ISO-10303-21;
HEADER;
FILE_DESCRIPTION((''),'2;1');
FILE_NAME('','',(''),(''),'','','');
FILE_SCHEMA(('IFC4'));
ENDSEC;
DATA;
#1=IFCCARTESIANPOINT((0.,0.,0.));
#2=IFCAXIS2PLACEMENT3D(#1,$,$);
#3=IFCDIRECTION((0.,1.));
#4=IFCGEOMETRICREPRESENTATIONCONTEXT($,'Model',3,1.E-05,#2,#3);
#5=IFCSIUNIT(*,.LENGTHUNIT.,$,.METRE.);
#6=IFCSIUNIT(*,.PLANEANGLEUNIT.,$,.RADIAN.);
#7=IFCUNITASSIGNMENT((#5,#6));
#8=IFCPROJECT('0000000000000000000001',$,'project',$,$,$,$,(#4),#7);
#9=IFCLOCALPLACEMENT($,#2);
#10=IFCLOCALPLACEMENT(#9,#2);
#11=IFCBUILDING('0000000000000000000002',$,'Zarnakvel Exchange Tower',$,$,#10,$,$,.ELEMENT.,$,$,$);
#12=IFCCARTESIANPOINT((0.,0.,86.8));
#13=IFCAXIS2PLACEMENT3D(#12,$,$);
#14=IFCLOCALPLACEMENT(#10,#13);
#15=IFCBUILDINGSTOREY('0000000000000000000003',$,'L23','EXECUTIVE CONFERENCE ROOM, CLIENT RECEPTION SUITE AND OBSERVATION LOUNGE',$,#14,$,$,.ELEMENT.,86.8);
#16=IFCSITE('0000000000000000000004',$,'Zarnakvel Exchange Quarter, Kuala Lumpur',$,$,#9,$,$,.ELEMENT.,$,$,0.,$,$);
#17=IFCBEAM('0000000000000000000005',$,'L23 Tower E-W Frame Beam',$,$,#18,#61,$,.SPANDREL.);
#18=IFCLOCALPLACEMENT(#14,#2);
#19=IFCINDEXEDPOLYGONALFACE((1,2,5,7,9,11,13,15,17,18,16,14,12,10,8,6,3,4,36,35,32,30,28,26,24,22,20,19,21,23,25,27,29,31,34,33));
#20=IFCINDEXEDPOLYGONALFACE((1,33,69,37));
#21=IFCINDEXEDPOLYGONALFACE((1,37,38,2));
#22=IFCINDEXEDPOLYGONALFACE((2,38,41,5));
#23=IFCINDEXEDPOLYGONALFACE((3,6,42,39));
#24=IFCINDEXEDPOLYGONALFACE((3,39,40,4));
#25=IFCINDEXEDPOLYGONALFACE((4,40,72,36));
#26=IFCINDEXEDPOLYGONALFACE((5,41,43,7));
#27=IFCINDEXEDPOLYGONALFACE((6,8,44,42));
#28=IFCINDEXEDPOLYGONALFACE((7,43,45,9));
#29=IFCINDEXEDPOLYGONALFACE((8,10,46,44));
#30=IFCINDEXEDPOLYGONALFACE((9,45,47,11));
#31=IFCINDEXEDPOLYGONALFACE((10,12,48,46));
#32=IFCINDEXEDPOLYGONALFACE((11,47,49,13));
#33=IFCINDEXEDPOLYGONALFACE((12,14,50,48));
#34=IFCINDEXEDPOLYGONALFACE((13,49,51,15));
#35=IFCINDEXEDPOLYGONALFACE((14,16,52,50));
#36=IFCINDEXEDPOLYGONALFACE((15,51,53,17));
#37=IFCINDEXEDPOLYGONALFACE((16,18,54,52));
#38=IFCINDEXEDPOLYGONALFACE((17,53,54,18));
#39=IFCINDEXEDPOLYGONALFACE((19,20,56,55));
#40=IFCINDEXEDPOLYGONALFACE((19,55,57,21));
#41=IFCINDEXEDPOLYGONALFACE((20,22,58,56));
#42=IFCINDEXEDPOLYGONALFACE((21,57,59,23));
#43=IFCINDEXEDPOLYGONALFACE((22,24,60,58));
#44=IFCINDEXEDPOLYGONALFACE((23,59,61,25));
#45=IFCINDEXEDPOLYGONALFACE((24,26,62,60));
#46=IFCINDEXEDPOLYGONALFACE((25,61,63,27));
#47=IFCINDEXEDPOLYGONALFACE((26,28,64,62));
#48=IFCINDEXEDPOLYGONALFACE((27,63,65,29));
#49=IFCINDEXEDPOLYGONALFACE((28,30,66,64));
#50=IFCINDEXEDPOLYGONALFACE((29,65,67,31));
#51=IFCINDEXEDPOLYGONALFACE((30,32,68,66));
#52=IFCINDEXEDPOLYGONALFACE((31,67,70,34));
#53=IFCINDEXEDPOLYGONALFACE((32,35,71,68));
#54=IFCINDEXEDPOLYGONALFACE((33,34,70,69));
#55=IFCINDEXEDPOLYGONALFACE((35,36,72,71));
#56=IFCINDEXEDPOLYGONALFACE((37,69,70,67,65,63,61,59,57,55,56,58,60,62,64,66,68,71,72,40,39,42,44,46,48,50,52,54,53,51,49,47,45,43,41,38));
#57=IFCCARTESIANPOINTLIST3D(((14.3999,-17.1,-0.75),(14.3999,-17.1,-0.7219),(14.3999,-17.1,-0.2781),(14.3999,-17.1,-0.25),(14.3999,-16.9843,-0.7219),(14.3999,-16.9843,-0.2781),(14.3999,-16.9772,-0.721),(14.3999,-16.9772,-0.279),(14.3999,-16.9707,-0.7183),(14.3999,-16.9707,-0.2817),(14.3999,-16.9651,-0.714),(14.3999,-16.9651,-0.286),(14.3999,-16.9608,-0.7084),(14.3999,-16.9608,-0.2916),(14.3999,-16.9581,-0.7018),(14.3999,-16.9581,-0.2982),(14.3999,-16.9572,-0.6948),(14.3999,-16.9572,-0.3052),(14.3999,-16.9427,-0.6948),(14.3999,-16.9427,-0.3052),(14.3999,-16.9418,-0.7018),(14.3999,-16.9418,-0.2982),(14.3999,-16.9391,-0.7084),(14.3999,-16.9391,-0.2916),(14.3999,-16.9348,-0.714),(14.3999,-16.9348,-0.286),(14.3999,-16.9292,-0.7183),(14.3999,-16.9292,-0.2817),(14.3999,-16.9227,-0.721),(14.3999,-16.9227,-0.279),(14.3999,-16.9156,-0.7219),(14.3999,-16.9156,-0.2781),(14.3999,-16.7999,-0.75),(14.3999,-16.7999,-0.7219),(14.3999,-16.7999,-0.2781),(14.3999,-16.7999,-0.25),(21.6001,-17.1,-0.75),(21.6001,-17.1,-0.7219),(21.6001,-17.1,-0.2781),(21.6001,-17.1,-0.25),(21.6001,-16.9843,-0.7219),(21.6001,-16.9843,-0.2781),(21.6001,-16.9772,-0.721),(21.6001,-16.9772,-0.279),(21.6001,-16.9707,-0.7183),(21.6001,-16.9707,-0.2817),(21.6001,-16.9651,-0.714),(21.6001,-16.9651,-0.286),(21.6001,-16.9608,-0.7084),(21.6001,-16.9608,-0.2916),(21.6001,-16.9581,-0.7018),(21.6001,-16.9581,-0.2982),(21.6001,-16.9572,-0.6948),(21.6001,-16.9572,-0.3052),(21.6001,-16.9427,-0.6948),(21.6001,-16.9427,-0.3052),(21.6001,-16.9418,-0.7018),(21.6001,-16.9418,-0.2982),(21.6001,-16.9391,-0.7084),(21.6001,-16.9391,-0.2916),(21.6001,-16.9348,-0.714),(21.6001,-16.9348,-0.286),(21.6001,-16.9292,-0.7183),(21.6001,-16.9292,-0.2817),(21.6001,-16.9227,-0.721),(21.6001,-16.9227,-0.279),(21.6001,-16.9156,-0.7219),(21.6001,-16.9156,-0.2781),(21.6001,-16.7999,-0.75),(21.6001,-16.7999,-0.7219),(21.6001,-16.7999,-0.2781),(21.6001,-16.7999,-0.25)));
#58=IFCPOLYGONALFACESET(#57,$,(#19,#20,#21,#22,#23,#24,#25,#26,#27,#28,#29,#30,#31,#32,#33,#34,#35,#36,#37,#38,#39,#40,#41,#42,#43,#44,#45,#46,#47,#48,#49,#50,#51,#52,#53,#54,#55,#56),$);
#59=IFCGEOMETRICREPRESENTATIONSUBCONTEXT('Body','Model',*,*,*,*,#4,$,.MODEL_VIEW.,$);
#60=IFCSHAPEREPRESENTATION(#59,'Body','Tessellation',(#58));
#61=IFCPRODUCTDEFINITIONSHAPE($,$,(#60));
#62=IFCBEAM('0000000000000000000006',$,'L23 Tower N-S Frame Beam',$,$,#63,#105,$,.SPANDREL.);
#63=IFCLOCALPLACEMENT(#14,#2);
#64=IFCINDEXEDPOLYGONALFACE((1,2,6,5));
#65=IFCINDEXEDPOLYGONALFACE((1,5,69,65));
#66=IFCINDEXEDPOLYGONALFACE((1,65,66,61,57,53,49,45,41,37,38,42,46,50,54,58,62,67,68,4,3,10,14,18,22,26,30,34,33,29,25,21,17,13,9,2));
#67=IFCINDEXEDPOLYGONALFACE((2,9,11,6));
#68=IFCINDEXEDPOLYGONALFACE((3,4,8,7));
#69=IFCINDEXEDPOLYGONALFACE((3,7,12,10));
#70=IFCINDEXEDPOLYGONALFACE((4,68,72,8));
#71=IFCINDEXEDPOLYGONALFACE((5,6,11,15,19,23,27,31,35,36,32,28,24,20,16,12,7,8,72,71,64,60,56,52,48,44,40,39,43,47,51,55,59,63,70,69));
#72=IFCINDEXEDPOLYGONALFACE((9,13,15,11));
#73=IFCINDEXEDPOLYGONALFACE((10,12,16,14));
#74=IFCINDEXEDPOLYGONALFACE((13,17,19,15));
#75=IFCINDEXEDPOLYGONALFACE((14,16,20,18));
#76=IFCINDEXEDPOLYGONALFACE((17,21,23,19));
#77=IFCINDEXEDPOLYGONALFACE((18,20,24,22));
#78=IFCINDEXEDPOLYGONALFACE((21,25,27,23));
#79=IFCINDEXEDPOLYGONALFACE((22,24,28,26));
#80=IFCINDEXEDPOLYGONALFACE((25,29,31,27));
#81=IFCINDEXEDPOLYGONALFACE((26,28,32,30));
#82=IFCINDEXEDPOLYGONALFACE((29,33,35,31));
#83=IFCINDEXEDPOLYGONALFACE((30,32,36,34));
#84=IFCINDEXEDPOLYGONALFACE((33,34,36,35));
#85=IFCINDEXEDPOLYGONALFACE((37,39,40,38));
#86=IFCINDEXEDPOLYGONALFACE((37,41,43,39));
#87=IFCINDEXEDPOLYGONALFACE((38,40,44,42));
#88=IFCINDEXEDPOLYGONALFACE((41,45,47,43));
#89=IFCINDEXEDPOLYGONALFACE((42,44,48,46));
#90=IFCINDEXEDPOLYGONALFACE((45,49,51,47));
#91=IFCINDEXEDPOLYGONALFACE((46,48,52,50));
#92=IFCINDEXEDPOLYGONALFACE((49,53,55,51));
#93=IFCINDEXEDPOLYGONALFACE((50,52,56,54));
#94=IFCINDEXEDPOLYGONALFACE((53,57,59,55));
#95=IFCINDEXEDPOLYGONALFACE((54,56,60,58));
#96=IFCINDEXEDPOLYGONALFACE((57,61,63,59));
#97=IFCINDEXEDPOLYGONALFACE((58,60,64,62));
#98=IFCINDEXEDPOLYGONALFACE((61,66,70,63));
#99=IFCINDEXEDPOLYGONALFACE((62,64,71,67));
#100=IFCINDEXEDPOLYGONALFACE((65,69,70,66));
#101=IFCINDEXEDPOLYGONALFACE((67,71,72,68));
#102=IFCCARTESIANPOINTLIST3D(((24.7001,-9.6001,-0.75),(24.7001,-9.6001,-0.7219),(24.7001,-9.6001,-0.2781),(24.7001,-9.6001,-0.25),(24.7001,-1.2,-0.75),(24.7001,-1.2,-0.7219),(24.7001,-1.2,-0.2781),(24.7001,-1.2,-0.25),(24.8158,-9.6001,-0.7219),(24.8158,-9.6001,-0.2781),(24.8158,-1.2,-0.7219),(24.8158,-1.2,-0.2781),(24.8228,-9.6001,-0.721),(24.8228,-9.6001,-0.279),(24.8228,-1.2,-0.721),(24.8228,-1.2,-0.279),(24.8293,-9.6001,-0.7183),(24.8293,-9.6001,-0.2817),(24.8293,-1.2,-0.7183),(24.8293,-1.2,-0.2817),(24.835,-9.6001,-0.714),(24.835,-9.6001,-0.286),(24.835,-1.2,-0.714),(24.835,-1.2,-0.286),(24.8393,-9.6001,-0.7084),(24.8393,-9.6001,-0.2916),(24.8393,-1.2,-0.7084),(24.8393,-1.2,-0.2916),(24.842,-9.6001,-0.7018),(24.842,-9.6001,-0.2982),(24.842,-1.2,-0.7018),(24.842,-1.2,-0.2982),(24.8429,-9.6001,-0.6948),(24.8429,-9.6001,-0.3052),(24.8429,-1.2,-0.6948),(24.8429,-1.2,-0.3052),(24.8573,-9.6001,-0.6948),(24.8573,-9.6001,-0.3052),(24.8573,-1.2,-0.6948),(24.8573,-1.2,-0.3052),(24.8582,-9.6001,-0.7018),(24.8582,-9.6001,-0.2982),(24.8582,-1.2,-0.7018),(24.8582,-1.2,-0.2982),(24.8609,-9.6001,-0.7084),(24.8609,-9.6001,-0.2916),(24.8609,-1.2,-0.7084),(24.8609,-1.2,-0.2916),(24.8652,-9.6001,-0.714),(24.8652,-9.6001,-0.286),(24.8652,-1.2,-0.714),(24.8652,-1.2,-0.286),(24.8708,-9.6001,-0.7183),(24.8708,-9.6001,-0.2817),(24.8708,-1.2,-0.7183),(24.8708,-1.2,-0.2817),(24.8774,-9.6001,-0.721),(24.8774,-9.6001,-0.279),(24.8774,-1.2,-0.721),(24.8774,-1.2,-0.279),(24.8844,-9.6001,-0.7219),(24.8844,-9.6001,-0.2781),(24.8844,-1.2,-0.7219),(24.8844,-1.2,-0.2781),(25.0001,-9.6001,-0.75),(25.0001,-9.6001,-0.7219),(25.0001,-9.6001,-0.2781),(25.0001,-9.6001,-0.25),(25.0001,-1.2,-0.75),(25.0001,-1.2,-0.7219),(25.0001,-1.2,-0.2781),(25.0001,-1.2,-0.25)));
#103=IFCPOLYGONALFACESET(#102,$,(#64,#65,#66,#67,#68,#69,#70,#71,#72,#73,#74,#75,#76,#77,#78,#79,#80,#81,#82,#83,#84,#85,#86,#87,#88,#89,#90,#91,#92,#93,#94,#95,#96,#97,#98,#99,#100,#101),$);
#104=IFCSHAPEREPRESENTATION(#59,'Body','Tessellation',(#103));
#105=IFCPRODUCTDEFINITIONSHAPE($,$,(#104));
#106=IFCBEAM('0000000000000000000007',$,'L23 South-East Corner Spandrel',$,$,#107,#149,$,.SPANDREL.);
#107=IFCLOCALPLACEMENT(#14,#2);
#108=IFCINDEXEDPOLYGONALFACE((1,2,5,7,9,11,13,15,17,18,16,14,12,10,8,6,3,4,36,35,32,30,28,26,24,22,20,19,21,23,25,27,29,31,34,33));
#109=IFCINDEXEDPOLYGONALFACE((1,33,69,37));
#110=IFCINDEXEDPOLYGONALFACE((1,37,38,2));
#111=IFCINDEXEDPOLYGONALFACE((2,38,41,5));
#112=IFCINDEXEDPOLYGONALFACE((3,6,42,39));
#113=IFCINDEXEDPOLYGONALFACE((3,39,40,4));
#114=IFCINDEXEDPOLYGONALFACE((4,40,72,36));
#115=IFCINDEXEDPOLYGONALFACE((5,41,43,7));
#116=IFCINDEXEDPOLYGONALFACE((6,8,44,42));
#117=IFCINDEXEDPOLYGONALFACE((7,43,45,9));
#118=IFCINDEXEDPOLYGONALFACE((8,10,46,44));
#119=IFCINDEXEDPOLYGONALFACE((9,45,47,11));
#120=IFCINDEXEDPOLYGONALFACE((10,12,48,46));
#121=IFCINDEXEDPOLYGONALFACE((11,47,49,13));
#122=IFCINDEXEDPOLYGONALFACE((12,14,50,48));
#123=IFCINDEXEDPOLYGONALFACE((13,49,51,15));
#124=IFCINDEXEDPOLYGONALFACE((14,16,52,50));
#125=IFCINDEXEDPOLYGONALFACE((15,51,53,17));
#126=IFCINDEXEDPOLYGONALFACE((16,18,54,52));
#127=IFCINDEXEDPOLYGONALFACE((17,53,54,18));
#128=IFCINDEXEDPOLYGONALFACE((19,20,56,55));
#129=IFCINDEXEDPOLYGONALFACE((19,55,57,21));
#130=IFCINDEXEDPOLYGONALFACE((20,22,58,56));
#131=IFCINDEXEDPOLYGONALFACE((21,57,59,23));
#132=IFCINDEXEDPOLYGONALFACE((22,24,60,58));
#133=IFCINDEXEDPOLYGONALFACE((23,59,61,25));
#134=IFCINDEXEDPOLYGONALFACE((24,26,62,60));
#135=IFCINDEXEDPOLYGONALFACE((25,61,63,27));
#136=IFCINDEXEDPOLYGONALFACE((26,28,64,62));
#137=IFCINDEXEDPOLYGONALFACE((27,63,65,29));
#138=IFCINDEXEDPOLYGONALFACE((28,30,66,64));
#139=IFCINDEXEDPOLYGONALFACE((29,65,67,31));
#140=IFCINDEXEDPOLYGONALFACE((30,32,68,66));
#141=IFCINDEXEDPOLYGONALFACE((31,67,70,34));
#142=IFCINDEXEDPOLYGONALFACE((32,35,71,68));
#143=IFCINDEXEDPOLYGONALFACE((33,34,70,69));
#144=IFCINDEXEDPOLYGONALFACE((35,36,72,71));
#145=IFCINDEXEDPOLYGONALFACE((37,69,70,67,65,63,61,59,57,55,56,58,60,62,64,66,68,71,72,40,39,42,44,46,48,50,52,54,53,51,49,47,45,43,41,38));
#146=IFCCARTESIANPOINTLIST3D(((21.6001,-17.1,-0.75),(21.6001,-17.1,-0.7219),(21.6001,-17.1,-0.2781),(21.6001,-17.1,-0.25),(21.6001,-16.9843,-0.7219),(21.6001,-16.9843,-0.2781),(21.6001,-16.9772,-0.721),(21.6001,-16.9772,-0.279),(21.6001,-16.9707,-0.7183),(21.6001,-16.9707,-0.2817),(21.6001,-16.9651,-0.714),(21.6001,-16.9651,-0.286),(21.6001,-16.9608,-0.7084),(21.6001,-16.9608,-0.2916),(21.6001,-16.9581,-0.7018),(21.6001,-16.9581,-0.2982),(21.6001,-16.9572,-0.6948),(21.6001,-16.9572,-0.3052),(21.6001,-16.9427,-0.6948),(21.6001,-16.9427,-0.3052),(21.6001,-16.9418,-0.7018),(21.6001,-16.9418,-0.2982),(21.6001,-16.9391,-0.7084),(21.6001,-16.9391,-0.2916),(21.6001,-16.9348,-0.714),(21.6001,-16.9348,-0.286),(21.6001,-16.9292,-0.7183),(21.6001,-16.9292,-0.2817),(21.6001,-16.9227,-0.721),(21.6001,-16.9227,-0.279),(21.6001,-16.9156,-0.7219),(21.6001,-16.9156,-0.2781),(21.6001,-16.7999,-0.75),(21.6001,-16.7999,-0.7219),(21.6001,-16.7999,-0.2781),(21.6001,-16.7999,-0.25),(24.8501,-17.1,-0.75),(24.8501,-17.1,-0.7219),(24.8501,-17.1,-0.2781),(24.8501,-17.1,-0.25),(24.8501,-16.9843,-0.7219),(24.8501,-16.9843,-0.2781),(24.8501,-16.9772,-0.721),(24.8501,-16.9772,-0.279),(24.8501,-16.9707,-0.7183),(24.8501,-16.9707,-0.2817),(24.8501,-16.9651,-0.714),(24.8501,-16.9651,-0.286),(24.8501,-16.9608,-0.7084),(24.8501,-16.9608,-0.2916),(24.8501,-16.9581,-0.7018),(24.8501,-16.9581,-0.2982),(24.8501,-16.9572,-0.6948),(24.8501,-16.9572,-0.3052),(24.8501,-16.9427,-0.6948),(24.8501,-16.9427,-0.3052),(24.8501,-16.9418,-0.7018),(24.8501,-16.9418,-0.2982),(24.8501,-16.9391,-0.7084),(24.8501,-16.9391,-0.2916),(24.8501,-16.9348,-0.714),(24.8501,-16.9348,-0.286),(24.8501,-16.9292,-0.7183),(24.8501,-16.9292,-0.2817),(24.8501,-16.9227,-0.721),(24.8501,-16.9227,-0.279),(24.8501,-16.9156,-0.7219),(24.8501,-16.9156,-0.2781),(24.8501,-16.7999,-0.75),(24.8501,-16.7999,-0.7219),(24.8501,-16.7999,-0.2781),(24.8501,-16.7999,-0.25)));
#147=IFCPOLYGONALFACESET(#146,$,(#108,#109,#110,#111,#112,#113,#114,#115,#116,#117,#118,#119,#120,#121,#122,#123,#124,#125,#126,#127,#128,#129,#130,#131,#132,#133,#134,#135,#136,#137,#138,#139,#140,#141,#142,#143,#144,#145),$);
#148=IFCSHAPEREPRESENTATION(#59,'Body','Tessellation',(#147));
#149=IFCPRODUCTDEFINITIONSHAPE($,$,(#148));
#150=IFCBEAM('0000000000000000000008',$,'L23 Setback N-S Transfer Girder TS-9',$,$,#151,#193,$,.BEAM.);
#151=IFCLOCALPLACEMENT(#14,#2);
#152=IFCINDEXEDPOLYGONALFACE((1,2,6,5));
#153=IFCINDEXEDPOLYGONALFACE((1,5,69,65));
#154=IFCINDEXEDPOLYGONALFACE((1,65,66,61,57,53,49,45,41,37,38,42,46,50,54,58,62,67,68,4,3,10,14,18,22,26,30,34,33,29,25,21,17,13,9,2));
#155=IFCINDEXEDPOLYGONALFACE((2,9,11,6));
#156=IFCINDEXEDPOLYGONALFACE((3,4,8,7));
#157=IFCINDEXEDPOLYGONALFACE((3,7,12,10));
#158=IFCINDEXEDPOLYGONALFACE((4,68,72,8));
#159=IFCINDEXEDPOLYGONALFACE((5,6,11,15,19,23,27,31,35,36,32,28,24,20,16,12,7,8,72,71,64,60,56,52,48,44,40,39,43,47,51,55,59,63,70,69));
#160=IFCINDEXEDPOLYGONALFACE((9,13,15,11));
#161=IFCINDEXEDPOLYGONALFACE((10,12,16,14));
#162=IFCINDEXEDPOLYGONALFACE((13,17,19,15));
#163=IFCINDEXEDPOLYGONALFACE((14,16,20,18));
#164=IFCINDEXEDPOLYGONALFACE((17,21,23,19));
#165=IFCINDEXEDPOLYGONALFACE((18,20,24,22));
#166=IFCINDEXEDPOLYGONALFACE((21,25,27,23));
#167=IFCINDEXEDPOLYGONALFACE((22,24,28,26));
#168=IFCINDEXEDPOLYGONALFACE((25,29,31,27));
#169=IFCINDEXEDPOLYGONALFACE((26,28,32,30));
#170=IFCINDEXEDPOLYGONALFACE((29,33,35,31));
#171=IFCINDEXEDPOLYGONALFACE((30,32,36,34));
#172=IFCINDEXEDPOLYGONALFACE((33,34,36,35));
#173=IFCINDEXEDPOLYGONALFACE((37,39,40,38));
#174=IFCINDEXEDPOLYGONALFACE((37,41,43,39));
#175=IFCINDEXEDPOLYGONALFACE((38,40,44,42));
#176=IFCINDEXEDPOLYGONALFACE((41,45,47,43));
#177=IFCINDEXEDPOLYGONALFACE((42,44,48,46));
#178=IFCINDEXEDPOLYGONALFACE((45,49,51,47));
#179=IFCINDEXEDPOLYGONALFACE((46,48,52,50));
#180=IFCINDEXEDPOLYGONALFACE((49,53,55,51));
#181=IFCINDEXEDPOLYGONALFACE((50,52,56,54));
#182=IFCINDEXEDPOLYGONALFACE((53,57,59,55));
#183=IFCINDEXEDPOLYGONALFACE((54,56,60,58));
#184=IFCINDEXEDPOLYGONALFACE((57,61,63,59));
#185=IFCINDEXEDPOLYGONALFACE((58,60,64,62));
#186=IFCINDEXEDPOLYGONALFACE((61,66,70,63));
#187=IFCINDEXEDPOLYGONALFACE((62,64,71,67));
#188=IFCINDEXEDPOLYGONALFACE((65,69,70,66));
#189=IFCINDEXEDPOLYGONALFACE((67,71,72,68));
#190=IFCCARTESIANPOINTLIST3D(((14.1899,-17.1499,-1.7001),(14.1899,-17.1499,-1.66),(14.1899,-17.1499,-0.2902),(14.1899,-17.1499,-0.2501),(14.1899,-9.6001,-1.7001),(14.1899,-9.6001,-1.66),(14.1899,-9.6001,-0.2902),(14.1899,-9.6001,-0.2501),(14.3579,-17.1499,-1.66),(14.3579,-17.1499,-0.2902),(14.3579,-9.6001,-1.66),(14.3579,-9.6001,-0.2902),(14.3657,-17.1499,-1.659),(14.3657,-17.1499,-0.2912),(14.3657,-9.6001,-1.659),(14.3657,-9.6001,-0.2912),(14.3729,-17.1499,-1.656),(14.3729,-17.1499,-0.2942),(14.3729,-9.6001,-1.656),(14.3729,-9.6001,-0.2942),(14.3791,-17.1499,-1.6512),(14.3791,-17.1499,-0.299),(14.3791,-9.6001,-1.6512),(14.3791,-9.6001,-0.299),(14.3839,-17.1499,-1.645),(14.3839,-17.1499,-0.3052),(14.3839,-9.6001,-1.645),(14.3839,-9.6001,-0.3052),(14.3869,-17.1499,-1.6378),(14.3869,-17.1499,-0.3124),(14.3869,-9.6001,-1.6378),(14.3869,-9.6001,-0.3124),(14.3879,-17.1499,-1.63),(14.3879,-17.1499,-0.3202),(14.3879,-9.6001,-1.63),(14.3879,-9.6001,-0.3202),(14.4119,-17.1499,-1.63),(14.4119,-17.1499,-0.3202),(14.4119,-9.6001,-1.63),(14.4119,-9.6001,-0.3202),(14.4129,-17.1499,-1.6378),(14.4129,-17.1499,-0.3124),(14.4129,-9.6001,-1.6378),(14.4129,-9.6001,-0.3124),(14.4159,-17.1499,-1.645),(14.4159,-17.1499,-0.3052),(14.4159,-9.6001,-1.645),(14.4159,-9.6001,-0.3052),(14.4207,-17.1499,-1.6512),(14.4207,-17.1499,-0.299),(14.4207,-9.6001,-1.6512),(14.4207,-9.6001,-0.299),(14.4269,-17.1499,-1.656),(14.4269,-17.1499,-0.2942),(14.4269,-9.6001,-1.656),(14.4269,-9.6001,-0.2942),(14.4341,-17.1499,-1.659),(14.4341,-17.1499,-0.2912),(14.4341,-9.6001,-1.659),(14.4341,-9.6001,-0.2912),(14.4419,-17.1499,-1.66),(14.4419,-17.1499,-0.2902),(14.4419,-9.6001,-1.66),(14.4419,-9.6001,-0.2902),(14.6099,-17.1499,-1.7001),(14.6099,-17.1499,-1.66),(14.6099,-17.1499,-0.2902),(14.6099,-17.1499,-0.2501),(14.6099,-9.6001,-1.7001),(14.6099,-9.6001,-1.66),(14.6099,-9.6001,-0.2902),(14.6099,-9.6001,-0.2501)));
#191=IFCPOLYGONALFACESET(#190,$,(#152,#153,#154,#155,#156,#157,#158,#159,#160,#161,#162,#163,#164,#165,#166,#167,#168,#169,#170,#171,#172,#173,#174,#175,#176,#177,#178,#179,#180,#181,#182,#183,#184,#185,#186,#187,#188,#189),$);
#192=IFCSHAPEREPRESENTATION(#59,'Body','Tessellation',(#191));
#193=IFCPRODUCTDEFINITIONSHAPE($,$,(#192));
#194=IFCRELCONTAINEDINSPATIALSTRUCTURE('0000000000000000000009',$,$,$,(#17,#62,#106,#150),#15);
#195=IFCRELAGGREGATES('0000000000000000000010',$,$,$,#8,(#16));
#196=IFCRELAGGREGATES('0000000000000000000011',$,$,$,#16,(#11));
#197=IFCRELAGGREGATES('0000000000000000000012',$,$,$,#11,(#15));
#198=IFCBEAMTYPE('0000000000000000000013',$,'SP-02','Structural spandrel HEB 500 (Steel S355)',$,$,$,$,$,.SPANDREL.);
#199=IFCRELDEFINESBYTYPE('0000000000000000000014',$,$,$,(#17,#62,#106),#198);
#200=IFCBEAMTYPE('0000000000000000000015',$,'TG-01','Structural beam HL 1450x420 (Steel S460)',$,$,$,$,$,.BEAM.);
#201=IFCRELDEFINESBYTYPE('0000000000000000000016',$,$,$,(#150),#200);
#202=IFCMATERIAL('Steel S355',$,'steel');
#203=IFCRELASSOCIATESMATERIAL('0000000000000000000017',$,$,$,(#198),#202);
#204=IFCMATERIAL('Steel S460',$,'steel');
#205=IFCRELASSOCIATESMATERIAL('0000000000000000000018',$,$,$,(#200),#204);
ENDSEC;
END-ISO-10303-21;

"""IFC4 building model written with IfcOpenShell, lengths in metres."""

from ifc_helpers import new_model, si_unit, direction, frame, origin, origin_2d, place, context, subcontext, project, spatial, i_section, extrude, material, material_profile, profile_set, type_object, element, save


model = new_model("IFC4")

# Units and contexts
model_context = context("Model", 3, precision=1e-05, world=origin(), true_north=direction((0.0, 1.0)))
body_context = subcontext(model_context, "Body", "Model", "MODEL_VIEW")
ifc_project = project(units=[si_unit("LENGTHUNIT", "METRE"), si_unit("PLANEANGLEUNIT", "RADIAN")], contexts=[model_context])

# Site, building, storey
site_placement = place(None, origin())
site = spatial("IfcSite", under=ifc_project, at=site_placement, Name="Zarnakvel Exchange Quarter, Kuala Lumpur", CompositionType="ELEMENT", RefElevation=0.0)
building_placement = place(site_placement, origin())
building = spatial("IfcBuilding", under=site, at=building_placement, Name="Zarnakvel Exchange Tower", CompositionType="ELEMENT")
storey_placement = place(building_placement, frame((0.0, 0.0, 86.8)))
storey = spatial("IfcBuildingStorey", under=building, at=storey_placement, Name="L23", Description="EXECUTIVE CONFERENCE ROOM, CLIENT RECEPTION SUITE AND OBSERVATION LOUNGE", CompositionType="ELEMENT", Elevation=86.8)

# Shared definitions
ifc_material_1 = material(Name="Steel S355", Category="steel")

# Beams
ifc_material_profile_1 = material_profile(ifc_material_1, i_section(OverallWidth=0.3, OverallDepth=0.5, WebThickness=0.0144, FlangeThickness=0.0281, FilletRadius=0.0271, at=origin_2d()))
ifc_profile_set_1 = profile_set([ifc_material_profile_1], Name="Steel S355")
beam_type_1 = type_object("IfcBeamType", Name="SP-02", Description="Structural spandrel HEB 500 (Steel S355)", PredefinedType="SPANDREL", material=ifc_profile_set_1)
beam_1_placement = place(storey_placement, frame((14.3999, -16.95, -0.5), z_axis=(1.0, 0.0, 0.0), x_axis=(0.0, 1.0, 0.0)))
element("IfcBeam", 1, at=beam_1_placement, inside=storey, type_object=beam_type_1, Name="L23 Tower E-W Frame Beam", PredefinedType="SPANDREL", context=body_context, shape_type="SweptSolid", body=[
    extrude(i_section(OverallWidth=0.3, OverallDepth=0.5, WebThickness=0.0144, FlangeThickness=0.0281, FilletRadius=0.0271, at=origin_2d()), origin(), (0.0, 0.0, 1.0), 7.2002),
])
beam_2_placement = place(storey_placement, frame((24.8501, -9.6001, -0.5), z_axis=(0.0, 1.0, 0.0), x_axis=(-1.0, 0.0, 0.0)))
element("IfcBeam", 2, at=beam_2_placement, inside=storey, type_object=beam_type_1, Name="L23 Tower N-S Frame Beam", PredefinedType="SPANDREL", context=body_context, shape_type="SweptSolid", body=[
    extrude(i_section(OverallWidth=0.3, OverallDepth=0.5, WebThickness=0.0144, FlangeThickness=0.0281, FilletRadius=0.0271, at=origin_2d()), origin(), (0.0, 0.0, 1.0), 8.4001),
])
beam_3_placement = place(storey_placement, frame((21.6001, -16.95, -0.5), z_axis=(1.0, 0.0, 0.0), x_axis=(0.0, 1.0, 0.0)))
element("IfcBeam", 3, at=beam_3_placement, inside=storey, type_object=beam_type_1, Name="L23 South-East Corner Spandrel", PredefinedType="SPANDREL", context=body_context, shape_type="SweptSolid", body=[
    extrude(i_section(OverallWidth=0.3, OverallDepth=0.5, WebThickness=0.0144, FlangeThickness=0.0281, FilletRadius=0.0271, at=origin_2d()), origin(), (0.0, 0.0, 1.0), 3.25),
])
ifc_material_2 = material(Name="Steel S460", Category="steel")
ifc_material_profile_2 = material_profile(ifc_material_2, i_section(OverallWidth=0.4199, OverallDepth=1.45, WebThickness=0.0239, FlangeThickness=0.04, FilletRadius=0.03, at=origin_2d()))
ifc_profile_set_2 = profile_set([ifc_material_profile_2], Name="Steel S460")
beam_type_2 = type_object("IfcBeamType", Name="TG-01", Description="Structural beam HL 1450x420 (Steel S460)", PredefinedType="BEAM", material=ifc_profile_set_2)
for number, where, z_axis, x_axis, name in (
    (4, (14.3999, -17.1499, -0.9751), (0.0, 1.0, 0.0), (-1.0, 0.0, 0.0), "L23 Setback N-S Transfer Girder TS-9"),
):
    element("IfcBeam", number, at=place(storey_placement, frame(where, z_axis=z_axis, x_axis=x_axis)), inside=storey, type_object=beam_type_2, Name=name, PredefinedType="BEAM", context=body_context, shape_type="SweptSolid", body=[
        extrude(i_section(OverallWidth=0.4199, OverallDepth=1.45, WebThickness=0.0239, FlangeThickness=0.04, FilletRadius=0.03, at=origin_2d()), origin(), (0.0, 0.0, 1.0), 7.5498),
    ])

save(model, "model.ifc")
